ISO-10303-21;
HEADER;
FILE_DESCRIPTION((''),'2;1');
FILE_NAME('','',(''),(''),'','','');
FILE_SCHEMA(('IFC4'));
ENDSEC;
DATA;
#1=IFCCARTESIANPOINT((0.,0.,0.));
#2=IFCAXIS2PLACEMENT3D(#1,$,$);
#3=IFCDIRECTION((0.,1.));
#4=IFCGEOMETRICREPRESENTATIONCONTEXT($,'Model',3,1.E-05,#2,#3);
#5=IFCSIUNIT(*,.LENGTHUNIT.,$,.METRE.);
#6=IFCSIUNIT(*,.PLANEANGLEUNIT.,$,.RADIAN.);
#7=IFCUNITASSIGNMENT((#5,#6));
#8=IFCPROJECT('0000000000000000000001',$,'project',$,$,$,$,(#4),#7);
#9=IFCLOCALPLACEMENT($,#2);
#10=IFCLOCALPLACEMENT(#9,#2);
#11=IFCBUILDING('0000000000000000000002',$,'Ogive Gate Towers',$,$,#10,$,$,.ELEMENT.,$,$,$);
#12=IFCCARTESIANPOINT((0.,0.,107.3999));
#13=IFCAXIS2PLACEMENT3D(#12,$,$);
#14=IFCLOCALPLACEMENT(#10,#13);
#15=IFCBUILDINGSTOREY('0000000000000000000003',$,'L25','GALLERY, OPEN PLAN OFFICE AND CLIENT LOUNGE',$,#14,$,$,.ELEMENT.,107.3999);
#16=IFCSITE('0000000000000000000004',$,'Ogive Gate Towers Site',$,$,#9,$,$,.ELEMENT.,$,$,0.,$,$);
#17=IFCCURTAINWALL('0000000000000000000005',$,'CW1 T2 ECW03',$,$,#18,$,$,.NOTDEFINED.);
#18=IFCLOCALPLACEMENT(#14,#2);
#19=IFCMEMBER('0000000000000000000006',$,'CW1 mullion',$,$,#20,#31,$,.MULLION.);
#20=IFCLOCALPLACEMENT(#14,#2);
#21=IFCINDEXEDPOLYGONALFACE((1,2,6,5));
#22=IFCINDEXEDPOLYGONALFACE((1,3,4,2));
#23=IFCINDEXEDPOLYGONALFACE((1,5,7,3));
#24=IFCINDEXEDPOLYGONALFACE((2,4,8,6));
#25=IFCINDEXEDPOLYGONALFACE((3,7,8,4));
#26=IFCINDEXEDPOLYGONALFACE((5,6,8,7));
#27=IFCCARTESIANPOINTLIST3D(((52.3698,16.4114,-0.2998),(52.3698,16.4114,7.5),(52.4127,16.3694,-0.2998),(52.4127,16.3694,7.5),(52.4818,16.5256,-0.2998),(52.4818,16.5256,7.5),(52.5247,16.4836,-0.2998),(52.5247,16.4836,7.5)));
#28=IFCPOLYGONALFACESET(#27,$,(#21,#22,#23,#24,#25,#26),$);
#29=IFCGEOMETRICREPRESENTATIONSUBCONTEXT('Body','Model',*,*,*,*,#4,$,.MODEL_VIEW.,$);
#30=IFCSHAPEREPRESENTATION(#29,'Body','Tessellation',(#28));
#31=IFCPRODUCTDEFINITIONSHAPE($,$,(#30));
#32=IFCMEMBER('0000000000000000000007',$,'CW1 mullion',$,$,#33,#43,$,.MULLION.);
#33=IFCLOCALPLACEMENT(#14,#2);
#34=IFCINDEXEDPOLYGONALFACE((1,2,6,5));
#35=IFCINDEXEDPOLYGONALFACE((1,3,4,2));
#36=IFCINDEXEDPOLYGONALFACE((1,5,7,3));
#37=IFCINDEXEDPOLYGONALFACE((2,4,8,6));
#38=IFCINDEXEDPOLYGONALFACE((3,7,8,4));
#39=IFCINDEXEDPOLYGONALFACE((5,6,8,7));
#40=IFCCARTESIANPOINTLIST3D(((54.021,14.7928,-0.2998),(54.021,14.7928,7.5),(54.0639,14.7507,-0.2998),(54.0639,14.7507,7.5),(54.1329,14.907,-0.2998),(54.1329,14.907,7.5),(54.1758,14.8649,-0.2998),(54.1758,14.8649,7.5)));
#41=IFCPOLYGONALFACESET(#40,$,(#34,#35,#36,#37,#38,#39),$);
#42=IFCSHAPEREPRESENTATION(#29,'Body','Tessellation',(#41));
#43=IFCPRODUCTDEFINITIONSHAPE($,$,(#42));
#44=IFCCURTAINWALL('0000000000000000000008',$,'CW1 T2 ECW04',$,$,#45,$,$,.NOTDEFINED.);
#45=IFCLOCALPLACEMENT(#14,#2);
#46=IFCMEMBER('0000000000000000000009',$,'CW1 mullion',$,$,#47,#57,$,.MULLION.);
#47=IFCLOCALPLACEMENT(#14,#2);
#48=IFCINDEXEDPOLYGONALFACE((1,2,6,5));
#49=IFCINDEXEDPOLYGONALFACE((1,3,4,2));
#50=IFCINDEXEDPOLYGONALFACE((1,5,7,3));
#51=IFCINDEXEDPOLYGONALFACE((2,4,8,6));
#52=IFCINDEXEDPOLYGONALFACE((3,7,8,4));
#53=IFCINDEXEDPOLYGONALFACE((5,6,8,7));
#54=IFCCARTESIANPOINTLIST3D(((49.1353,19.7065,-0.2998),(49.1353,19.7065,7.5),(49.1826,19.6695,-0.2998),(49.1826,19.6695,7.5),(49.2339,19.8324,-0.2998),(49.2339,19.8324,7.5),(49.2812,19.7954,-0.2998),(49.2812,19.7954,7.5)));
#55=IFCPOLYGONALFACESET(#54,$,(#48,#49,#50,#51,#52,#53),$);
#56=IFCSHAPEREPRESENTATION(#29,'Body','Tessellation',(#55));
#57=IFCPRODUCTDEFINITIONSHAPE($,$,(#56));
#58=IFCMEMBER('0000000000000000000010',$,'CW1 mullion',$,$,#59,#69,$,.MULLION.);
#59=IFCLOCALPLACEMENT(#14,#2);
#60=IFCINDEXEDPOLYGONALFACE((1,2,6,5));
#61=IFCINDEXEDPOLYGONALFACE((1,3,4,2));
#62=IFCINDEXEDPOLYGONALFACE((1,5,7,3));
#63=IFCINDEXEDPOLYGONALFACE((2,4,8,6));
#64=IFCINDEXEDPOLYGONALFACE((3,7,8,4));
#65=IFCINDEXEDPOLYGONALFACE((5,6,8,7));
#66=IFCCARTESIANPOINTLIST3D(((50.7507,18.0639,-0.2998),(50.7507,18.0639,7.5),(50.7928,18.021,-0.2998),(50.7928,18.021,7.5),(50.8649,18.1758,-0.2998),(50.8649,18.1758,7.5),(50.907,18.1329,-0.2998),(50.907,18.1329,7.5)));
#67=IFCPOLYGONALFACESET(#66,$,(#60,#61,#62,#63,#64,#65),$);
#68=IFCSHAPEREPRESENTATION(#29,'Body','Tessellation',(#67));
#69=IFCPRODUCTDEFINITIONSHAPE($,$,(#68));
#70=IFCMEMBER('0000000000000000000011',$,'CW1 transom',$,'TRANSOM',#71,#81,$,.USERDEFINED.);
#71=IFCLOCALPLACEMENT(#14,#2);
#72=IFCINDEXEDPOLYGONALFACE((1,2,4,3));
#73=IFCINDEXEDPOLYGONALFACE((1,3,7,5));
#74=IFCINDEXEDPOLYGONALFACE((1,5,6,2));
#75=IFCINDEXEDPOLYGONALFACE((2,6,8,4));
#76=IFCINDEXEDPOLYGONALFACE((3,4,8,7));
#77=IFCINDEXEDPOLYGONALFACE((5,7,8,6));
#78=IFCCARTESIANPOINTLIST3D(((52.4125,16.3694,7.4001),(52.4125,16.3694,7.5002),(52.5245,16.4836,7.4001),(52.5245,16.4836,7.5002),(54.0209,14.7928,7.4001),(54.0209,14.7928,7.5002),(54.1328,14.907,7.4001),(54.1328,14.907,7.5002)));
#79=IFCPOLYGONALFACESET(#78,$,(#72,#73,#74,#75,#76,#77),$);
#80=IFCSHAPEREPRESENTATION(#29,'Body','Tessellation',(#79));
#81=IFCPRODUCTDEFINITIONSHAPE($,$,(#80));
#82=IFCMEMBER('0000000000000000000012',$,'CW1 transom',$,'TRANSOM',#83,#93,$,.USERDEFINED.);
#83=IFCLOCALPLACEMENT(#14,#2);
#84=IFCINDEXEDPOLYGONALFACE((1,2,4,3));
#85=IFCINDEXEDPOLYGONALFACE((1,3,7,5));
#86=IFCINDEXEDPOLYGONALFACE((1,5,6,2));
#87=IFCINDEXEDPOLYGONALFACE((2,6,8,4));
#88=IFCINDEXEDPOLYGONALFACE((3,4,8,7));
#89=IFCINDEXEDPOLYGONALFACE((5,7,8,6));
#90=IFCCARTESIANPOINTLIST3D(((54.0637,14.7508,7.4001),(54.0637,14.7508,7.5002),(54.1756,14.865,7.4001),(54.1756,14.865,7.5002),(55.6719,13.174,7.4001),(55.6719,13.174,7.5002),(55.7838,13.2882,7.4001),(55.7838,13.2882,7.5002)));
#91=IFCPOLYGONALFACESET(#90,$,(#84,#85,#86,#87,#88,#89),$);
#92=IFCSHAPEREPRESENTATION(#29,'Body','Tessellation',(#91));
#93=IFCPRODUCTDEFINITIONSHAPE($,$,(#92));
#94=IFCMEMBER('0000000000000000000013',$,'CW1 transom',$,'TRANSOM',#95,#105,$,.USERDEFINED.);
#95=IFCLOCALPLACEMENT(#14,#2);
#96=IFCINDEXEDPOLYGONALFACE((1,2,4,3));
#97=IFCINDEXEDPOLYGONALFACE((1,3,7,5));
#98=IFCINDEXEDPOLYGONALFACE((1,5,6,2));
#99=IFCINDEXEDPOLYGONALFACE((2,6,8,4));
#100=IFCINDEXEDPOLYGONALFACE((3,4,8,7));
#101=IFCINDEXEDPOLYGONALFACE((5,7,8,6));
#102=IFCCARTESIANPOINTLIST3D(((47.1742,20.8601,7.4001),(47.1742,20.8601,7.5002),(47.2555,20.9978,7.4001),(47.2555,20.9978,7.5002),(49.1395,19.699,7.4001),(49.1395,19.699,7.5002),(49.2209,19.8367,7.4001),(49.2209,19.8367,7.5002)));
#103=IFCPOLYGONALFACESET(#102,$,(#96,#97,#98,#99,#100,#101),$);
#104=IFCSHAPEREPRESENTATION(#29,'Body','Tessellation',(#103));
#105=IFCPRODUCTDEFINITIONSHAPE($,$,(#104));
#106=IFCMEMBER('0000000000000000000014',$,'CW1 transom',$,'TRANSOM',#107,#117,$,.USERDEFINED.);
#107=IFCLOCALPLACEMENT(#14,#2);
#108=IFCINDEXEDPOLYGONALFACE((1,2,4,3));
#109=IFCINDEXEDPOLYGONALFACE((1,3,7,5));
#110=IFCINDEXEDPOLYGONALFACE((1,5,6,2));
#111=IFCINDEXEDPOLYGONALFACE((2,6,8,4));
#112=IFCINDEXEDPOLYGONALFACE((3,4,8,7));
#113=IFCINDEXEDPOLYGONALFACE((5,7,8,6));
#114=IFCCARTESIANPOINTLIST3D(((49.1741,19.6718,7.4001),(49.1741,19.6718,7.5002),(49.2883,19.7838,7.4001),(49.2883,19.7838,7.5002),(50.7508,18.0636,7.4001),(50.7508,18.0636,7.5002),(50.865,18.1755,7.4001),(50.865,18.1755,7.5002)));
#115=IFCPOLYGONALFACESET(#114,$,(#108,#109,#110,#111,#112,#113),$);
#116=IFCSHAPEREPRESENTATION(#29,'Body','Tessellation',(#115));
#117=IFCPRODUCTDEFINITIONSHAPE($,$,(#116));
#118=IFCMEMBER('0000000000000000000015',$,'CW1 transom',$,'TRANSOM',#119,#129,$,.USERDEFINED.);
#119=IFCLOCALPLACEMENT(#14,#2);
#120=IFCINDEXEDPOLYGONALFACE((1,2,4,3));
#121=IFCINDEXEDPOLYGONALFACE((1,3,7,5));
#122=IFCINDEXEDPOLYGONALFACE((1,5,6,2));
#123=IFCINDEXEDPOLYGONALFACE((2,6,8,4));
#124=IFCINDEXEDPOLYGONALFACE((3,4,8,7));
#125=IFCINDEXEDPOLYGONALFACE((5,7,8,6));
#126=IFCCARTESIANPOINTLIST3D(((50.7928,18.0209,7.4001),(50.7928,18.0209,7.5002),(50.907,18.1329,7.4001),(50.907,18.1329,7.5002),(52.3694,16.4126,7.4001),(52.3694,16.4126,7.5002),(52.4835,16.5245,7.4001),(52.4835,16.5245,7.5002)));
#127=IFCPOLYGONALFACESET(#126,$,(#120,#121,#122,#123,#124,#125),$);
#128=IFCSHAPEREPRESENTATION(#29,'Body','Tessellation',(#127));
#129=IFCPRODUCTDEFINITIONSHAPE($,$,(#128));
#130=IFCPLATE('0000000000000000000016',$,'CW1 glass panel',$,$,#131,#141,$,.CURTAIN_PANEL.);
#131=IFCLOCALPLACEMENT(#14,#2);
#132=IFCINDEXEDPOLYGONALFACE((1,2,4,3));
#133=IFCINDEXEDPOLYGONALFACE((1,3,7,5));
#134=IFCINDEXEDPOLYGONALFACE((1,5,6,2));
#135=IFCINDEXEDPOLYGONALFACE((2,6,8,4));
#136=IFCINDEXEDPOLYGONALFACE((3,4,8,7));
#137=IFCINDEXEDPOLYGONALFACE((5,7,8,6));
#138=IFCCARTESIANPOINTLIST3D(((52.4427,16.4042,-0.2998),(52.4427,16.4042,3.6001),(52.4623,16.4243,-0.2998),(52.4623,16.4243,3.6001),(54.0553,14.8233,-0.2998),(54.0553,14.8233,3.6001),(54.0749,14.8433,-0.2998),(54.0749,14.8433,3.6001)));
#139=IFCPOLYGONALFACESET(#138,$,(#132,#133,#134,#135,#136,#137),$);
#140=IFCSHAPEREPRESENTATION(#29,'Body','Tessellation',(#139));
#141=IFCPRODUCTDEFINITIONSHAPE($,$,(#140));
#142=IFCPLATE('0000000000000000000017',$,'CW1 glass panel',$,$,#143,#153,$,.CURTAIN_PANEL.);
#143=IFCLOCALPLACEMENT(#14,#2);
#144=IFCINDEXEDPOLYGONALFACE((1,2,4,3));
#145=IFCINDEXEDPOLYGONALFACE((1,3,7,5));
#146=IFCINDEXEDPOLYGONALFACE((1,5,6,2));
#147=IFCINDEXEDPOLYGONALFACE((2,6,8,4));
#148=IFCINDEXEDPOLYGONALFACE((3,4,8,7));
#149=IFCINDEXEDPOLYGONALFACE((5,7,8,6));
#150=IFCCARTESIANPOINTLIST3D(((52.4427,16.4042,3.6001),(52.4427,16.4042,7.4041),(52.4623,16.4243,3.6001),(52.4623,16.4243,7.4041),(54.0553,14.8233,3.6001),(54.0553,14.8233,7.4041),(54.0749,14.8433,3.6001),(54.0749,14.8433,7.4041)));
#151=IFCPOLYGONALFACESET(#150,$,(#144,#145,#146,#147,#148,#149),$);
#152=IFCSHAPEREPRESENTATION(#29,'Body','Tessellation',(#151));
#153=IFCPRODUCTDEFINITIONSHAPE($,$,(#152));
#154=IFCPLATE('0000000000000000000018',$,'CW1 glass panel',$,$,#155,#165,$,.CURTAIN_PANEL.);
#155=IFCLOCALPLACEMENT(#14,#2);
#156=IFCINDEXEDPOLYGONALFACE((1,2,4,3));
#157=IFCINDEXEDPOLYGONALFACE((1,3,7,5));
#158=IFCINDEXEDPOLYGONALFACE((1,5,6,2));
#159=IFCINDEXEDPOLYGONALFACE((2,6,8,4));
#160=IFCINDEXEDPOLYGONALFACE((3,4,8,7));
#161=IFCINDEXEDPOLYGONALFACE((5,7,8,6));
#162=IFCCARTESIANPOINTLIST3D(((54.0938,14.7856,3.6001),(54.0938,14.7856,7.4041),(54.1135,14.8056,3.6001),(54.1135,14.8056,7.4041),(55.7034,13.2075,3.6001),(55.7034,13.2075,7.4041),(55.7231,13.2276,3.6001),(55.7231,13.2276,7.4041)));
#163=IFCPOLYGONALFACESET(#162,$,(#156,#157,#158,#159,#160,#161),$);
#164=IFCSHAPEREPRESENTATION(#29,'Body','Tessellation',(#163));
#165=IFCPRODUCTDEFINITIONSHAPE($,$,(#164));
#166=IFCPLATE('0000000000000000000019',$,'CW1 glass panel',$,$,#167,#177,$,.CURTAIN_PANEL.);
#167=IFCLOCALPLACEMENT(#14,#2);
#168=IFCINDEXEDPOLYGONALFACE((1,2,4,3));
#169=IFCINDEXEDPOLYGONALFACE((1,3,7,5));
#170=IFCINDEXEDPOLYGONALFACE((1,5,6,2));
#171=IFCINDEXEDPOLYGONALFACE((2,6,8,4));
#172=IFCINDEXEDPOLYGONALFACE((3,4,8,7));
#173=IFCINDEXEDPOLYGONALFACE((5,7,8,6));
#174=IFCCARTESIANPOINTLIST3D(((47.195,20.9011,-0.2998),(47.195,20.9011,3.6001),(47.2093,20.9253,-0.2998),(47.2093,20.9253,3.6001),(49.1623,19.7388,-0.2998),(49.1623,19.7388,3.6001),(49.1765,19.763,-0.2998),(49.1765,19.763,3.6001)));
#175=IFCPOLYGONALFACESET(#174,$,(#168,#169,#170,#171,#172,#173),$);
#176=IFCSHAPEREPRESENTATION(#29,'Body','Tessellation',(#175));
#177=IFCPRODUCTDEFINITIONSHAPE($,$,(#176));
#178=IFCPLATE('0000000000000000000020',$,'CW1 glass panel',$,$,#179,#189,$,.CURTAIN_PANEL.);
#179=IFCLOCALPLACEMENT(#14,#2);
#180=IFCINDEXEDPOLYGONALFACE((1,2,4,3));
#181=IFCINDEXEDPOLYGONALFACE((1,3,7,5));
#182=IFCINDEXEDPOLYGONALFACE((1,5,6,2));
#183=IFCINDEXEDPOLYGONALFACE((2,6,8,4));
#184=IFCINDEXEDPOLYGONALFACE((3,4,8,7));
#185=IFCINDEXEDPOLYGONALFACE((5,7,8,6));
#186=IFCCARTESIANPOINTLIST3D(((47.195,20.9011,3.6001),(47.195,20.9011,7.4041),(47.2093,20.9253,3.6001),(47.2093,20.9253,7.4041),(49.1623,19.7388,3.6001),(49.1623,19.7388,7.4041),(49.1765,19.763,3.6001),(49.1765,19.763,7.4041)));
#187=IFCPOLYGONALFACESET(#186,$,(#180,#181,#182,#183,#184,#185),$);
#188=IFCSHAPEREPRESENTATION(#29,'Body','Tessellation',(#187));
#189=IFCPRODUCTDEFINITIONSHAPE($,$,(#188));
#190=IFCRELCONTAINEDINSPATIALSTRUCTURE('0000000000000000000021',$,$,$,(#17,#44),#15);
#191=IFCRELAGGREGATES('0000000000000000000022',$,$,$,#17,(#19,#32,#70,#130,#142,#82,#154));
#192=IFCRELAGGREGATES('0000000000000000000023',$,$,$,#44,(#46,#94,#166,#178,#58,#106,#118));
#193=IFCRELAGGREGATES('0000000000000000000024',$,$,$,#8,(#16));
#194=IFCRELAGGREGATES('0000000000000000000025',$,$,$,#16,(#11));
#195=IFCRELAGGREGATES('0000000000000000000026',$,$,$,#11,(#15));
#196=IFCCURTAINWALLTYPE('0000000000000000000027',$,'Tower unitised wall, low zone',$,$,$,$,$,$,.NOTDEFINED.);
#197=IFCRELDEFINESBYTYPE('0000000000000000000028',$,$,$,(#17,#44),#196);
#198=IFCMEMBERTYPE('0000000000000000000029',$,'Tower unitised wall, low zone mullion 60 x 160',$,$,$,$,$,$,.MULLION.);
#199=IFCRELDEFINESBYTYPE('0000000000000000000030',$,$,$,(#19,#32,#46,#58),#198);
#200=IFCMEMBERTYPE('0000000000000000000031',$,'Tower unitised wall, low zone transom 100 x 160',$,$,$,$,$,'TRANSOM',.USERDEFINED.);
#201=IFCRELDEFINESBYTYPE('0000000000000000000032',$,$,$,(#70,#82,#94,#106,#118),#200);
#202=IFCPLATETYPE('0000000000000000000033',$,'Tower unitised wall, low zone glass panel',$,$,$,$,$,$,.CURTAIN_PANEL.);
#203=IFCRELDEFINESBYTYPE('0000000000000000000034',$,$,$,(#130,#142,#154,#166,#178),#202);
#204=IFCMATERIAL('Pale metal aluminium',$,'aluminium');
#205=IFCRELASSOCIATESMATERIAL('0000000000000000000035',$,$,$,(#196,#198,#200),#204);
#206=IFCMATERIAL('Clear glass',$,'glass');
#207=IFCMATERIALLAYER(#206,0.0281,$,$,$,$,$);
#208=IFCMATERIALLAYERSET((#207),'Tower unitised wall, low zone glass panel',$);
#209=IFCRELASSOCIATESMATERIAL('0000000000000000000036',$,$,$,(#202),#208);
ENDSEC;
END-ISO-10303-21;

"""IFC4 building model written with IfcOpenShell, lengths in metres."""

from ifc_helpers import new_model, si_unit, direction, frame, origin, origin_2d, place, context, subcontext, project, spatial, rectangle, extrude, material, layer, layer_set, material_profile, profile_set, type_object, element, aggregate, save


model = new_model("IFC4")

# Units and contexts
model_context = context("Model", 3, precision=1e-05, world=origin(), true_north=direction((0.0, 1.0)))
body_context = subcontext(model_context, "Body", "Model", "MODEL_VIEW")
ifc_project = project(units=[si_unit("LENGTHUNIT", "METRE"), si_unit("PLANEANGLEUNIT", "RADIAN")], contexts=[model_context])

# Site, building, storey
site_placement = place(None, origin())
site = spatial("IfcSite", under=ifc_project, at=site_placement, Name="Ogive Gate Towers Site", CompositionType="ELEMENT", RefElevation=0.0)
building_placement = place(site_placement, origin())
building = spatial("IfcBuilding", under=site, at=building_placement, Name="Ogive Gate Towers", CompositionType="ELEMENT")
storey_placement = place(building_placement, frame((0.0, 0.0, 107.3999)))
storey = spatial("IfcBuildingStorey", under=building, at=storey_placement, Name="L25", Description="GALLERY, OPEN PLAN OFFICE AND CLIENT LOUNGE", CompositionType="ELEMENT", Elevation=107.3999)

# Curtain walls, members
ifc_material_1 = material(Name="Pale metal aluminium", Category="aluminium")
curtain_wall_type = type_object("IfcCurtainWallType", Name="Tower unitised wall, low zone", PredefinedType="NOTDEFINED", material=ifc_material_1)
curtain_wall_1_placement = place(storey_placement, origin())
curtain_wall_1 = element("IfcCurtainWall", 1, at=curtain_wall_1_placement, inside=storey, type_object=curtain_wall_type, Name="CW1 T2 ECW03", PredefinedType="NOTDEFINED")
ifc_material_profile_1 = material_profile(ifc_material_1, rectangle(XDim=0.1599, YDim=0.0601, at=origin_2d()), Name="60 x 160 aluminium box")
ifc_profile_set_1 = profile_set([ifc_material_profile_1], Name="Pale metal aluminium")
member_type_1 = type_object("IfcMemberType", Name="Tower unitised wall, low zone mullion 60 x 160", PredefinedType="MULLION", material=ifc_profile_set_1)
member_1_placement = place(storey_placement, frame((52.4473, 16.4475, -0.2998), z_axis=(0.0, 0.0, 1.0), x_axis=(-0.700062, -0.714082, 0.0)))
member_1 = element("IfcMember", 2, at=member_1_placement, type_object=member_type_1, Name="CW1 mullion", PredefinedType="MULLION", context=body_context, shape_type="SweptSolid", body=[
    extrude(rectangle(XDim=0.1599, YDim=0.0601, at=origin_2d()), origin(), (0.0, 0.0, 1.0), 7.7998),
])
member_2_placement = place(storey_placement, frame((54.0984, 14.8289, -0.2998), z_axis=(0.0, 0.0, 1.0), x_axis=(-0.700062, -0.714082, 0.0)))
member_2 = element("IfcMember", 3, at=member_2_placement, type_object=member_type_1, Name="CW1 mullion", PredefinedType="MULLION", context=body_context, shape_type="SweptSolid", body=[
    extrude(rectangle(XDim=0.1599, YDim=0.0601, at=origin_2d()), origin(), (0.0, 0.0, 1.0), 7.7998),
])
curtain_wall_2_placement = place(storey_placement, origin())
curtain_wall_2 = element("IfcCurtainWall", 4, at=curtain_wall_2_placement, inside=storey, type_object=curtain_wall_type, Name="CW1 T2 ECW04", PredefinedType="NOTDEFINED")
member_3_placement = place(storey_placement, frame((49.2083, 19.751, -0.2998), z_axis=(0.0, 0.0, 1.0), x_axis=(-0.616651, -0.787236, 0.0)))
member_3 = element("IfcMember", 5, at=member_3_placement, type_object=member_type_1, Name="CW1 mullion", PredefinedType="MULLION", context=body_context, shape_type="SweptSolid", body=[
    extrude(rectangle(XDim=0.1599, YDim=0.0601, at=origin_2d()), origin(), (0.0, 0.0, 1.0), 7.7998),
])
member_4_placement = place(storey_placement, frame((50.8289, 18.0984, -0.2998), z_axis=(0.0, 0.0, 1.0), x_axis=(-0.714082, -0.700062, 0.0)))
member_4 = element("IfcMember", 6, at=member_4_placement, type_object=member_type_1, Name="CW1 mullion", PredefinedType="MULLION", context=body_context, shape_type="SweptSolid", body=[
    extrude(rectangle(XDim=0.1599, YDim=0.0601, at=origin_2d()), origin(), (0.0, 0.0, 1.0), 7.7998),
])

# Members
ifc_material_profile_2 = material_profile(ifc_material_1, rectangle(XDim=0.1599, YDim=0.1001, at=origin_2d()), Name="100 x 160 aluminium box")
ifc_profile_set_2 = profile_set([ifc_material_profile_2], Name="Pale metal aluminium")
member_type_2 = type_object("IfcMemberType", Name="Tower unitised wall, low zone transom 100 x 160", ElementType="TRANSOM", PredefinedType="USERDEFINED", material=ifc_profile_set_2)
member_5_placement = place(storey_placement, frame((52.4685, 16.4265, 7.4502), z_axis=(0.714117, -0.700026, 0.0), x_axis=(0.700026, 0.714117, 0.0)))
member_5 = element("IfcMember", 7, at=member_5_placement, type_object=member_type_2, Name="CW1 transom", ObjectType="TRANSOM", PredefinedType="USERDEFINED", context=body_context, shape_type="SweptSolid", body=[
    extrude(rectangle(XDim=0.1599, YDim=0.1001, at=origin_2d()), origin(), (0.0, 0.0, 1.0), 2.2522),
])
member_6_placement = place(storey_placement, frame((54.1196, 14.8079, 7.4502), z_axis=(0.714064, -0.70008, 0.0), x_axis=(0.70008, 0.714064, 0.0)))
member_6 = element("IfcMember", 8, at=member_6_placement, type_object=member_type_2, Name="CW1 transom", ObjectType="TRANSOM", PredefinedType="USERDEFINED", context=body_context, shape_type="SweptSolid", body=[
    extrude(rectangle(XDim=0.1599, YDim=0.1001, at=origin_2d()), origin(), (0.0, 0.0, 1.0), 2.2522),
])
member_7_placement = place(storey_placement, frame((47.2148, 20.929, 7.4502), z_axis=(0.860965, -0.508664, 0.0), x_axis=(0.508664, 0.860965, 0.0)))
member_7 = element("IfcMember", 9, at=member_7_placement, type_object=member_type_2, Name="CW1 transom", ObjectType="TRANSOM", PredefinedType="USERDEFINED", context=body_context, shape_type="SweptSolid", body=[
    extrude(rectangle(XDim=0.1599, YDim=0.1001, at=origin_2d()), origin(), (0.0, 0.0, 1.0), 2.2827),
])
member_8_placement = place(storey_placement, frame((49.2312, 19.7278, 7.4502), z_axis=(0.70008, -0.714064, 0.0), x_axis=(0.714064, 0.70008, 0.0)))
member_8 = element("IfcMember", 10, at=member_8_placement, type_object=member_type_2, Name="CW1 transom", ObjectType="TRANSOM", PredefinedType="USERDEFINED", context=body_context, shape_type="SweptSolid", body=[
    extrude(rectangle(XDim=0.1599, YDim=0.1001, at=origin_2d()), origin(), (0.0, 0.0, 1.0), 2.2522),
])
member_9_placement = place(storey_placement, frame((50.8499, 18.0769, 7.4502), z_axis=(0.700026, -0.714117, 0.0), x_axis=(0.714117, 0.700026, 0.0)))
member_9 = element("IfcMember", 11, at=member_9_placement, type_object=member_type_2, Name="CW1 transom", ObjectType="TRANSOM", PredefinedType="USERDEFINED", context=body_context, shape_type="SweptSolid", body=[
    extrude(rectangle(XDim=0.1599, YDim=0.1001, at=origin_2d()), origin(), (0.0, 0.0, 1.0), 2.2522),
])

# Plates
ifc_material_2 = material(Name="Clear glass", Category="glass")
ifc_layer_1 = layer(ifc_material_2, 0.0281)
ifc_layer_set_1 = layer_set([ifc_layer_1], Name="Tower unitised wall, low zone glass panel")
plate_type = type_object("IfcPlateType", Name="Tower unitised wall, low zone glass panel", PredefinedType="CURTAIN_PANEL", material=ifc_layer_set_1)
plate_1_placement = place(storey_placement, frame((53.2588, 15.6238, -0.2998), z_axis=(0.0, 0.0, 1.0), x_axis=(0.714082, -0.700062, 0.0)))
plate_1 = element("IfcPlate", 12, at=plate_1_placement, type_object=plate_type, Name="CW1 glass panel", PredefinedType="CURTAIN_PANEL", context=body_context, shape_type="SweptSolid", body=[
    extrude(rectangle(XDim=2.2583, YDim=0.0281, at=origin_2d()), origin(), (0.0, 0.0, 1.0), 3.8999),
])
plate_2_placement = place(storey_placement, frame((53.2588, 15.6238, 3.6001), z_axis=(0.0, 0.0, 1.0), x_axis=(0.714082, -0.700062, 0.0)))
plate_2 = element("IfcPlate", 13, at=plate_2_placement, type_object=plate_type, Name="CW1 glass panel", PredefinedType="CURTAIN_PANEL", context=body_context, shape_type="SweptSolid", body=[
    extrude(rectangle(XDim=2.2583, YDim=0.0281, at=origin_2d()), origin(), (0.0, 0.0, 1.0), 3.804),
])
plate_3_placement = place(storey_placement, frame((54.9084, 14.0066, 3.6001), z_axis=(0.0, 0.0, 1.0), x_axis=(0.714082, -0.700062, 0.0)))
plate_3 = element("IfcPlate", 14, at=plate_3_placement, type_object=plate_type, Name="CW1 glass panel", PredefinedType="CURTAIN_PANEL", context=body_context, shape_type="SweptSolid", body=[
    extrude(rectangle(XDim=2.2542, YDim=0.0281, at=origin_2d()), origin(), (0.0, 0.0, 1.0), 3.804),
])
aggregate(curtain_wall_1, [member_1, member_2, member_5, plate_1, plate_2, member_6, plate_3])
plate_4_placement = place(storey_placement, frame((48.1858, 20.332, -0.2998), z_axis=(0.0, 0.0, 1.0), x_axis=(0.860955, -0.508681, 0.0)))
plate_4 = element("IfcPlate", 15, at=plate_4_placement, type_object=plate_type, Name="CW1 glass panel", PredefinedType="CURTAIN_PANEL", context=body_context, shape_type="SweptSolid", body=[
    extrude(rectangle(XDim=2.2849, YDim=0.0281, at=origin_2d()), origin(), (0.0, 0.0, 1.0), 3.8999),
])
plate_5_placement = place(storey_placement, frame((48.1858, 20.332, 3.6001), z_axis=(0.0, 0.0, 1.0), x_axis=(0.860955, -0.508681, 0.0)))
plate_5 = element("IfcPlate", 16, at=plate_5_placement, type_object=plate_type, Name="CW1 glass panel", PredefinedType="CURTAIN_PANEL", context=body_context, shape_type="SweptSolid", body=[
    extrude(rectangle(XDim=2.2849, YDim=0.0281, at=origin_2d()), origin(), (0.0, 0.0, 1.0), 3.804),
])
aggregate(curtain_wall_2, [member_3, member_7, plate_4, plate_5, member_4, member_8, member_9])

save(model, "model.ifc")
